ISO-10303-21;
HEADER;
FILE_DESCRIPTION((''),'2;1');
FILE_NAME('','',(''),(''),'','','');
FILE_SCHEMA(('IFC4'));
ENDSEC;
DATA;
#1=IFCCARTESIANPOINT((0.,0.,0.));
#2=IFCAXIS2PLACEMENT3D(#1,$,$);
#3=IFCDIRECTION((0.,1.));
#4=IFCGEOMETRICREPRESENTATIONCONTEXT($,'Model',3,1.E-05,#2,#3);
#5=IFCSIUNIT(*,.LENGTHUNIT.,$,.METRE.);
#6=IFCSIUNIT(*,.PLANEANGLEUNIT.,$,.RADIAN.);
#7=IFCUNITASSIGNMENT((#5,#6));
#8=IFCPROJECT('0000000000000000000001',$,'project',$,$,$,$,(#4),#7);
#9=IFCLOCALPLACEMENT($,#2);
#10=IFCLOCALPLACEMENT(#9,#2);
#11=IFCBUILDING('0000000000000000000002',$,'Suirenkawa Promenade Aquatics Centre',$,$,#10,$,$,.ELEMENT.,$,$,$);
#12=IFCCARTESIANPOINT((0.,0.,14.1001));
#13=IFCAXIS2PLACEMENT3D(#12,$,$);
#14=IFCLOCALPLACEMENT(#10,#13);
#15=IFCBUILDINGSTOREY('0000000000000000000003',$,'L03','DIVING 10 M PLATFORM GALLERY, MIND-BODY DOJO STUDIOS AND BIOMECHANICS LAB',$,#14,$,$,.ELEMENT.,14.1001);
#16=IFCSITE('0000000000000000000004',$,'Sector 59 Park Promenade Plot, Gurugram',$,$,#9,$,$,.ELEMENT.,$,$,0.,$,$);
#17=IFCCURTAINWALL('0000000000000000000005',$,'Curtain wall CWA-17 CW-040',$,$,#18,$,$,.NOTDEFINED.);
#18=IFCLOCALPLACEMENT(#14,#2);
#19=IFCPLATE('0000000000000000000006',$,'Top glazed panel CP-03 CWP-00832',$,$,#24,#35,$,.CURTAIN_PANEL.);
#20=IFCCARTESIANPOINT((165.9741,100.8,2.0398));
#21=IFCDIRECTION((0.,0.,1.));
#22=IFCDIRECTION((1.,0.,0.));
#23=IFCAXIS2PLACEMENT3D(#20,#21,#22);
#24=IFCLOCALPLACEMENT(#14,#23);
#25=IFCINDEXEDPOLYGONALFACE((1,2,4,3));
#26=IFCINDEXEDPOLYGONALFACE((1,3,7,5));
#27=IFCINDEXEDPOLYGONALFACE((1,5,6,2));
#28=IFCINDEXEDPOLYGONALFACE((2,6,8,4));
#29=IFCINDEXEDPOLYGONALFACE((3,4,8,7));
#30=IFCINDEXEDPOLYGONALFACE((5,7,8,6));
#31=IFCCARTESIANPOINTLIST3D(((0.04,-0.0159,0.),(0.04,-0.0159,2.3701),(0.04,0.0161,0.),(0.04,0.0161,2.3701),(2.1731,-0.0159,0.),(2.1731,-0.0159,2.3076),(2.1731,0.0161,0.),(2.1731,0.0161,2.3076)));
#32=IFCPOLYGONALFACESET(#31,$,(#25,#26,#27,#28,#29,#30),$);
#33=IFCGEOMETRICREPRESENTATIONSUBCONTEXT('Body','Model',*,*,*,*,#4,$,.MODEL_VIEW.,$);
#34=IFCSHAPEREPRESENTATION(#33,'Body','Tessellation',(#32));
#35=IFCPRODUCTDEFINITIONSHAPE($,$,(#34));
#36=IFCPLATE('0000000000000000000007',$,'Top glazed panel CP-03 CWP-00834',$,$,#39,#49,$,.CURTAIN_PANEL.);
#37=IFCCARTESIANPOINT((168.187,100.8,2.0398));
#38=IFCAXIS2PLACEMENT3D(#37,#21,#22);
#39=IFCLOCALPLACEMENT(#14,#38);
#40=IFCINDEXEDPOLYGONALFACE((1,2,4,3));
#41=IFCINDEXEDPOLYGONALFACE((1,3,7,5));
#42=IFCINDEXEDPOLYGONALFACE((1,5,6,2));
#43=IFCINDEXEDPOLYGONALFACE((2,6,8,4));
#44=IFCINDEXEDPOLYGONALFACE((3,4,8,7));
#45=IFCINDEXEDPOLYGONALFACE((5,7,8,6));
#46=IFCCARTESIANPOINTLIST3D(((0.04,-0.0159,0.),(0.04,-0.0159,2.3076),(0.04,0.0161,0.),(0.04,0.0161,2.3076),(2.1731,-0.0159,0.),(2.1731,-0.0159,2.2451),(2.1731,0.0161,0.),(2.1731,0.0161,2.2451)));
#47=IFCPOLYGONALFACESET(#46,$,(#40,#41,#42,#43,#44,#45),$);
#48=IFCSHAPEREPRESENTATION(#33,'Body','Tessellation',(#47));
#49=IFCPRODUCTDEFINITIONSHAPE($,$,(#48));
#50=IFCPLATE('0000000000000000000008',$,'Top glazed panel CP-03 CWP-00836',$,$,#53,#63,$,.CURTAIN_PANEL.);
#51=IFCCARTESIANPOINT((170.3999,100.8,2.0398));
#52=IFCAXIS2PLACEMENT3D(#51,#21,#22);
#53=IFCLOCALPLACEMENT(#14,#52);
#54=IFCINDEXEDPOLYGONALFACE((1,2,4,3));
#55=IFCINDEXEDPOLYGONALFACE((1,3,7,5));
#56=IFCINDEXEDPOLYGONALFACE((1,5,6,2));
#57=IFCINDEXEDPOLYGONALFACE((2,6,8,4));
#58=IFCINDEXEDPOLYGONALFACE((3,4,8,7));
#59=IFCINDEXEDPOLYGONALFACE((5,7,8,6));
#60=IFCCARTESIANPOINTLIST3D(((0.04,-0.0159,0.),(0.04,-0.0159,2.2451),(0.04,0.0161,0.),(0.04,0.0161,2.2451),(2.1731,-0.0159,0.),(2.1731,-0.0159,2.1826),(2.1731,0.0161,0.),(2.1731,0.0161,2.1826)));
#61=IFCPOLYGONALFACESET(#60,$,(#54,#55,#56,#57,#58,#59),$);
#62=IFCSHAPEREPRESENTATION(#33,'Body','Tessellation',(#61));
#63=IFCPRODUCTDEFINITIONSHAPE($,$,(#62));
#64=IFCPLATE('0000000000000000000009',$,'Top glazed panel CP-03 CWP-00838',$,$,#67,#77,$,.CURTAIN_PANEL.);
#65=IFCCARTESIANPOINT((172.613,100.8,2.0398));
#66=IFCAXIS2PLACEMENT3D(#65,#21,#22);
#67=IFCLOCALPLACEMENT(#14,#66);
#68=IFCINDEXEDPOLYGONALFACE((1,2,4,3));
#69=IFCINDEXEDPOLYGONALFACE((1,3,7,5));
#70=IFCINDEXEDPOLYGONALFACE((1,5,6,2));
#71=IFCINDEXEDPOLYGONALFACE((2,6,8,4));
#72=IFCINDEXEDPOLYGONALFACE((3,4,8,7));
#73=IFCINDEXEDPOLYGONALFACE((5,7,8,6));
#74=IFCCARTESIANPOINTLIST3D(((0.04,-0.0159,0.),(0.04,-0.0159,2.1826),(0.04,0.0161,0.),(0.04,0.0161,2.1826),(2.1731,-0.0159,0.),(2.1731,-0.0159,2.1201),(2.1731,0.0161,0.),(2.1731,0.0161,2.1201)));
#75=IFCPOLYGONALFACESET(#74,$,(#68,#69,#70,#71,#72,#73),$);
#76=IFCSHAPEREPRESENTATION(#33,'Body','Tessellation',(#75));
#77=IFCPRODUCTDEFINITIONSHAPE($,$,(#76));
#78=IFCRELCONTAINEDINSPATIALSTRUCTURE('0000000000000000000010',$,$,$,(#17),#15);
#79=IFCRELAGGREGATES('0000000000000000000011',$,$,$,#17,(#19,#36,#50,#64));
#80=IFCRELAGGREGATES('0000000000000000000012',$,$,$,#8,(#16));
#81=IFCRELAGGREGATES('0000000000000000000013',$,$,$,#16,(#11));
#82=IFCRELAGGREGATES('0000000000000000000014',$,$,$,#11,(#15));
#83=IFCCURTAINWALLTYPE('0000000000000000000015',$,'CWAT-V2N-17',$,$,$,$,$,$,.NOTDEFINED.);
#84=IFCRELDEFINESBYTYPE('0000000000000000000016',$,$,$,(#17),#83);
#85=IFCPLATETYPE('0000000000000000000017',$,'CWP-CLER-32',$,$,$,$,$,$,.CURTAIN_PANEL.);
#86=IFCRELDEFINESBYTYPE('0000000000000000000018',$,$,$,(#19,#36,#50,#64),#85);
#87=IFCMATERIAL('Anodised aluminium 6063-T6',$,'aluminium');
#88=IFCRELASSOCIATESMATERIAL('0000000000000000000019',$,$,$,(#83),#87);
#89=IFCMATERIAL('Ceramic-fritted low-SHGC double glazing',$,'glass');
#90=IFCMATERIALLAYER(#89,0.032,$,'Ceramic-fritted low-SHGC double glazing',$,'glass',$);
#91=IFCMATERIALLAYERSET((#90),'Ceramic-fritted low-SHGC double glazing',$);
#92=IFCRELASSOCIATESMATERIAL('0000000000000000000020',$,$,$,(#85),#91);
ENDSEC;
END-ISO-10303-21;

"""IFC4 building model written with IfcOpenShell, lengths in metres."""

from ifc_helpers import new_model, si_unit, direction, frame, origin, place, context, subcontext, project, spatial, polyline, outline, extrude, material, layer, layer_set, type_object, element, aggregate, save


model = new_model("IFC4")

# Units and contexts
model_context = context("Model", 3, precision=1e-05, world=origin(), true_north=direction((0.0, 1.0)))
body_context = subcontext(model_context, "Body", "Model", "MODEL_VIEW")
ifc_project = project(units=[si_unit("LENGTHUNIT", "METRE"), si_unit("PLANEANGLEUNIT", "RADIAN")], contexts=[model_context])

# Site, building, storey
site_placement = place(None, origin())
site = spatial("IfcSite", under=ifc_project, at=site_placement, Name="Sector 59 Park Promenade Plot, Gurugram", CompositionType="ELEMENT", RefElevation=0.0)
building_placement = place(site_placement, origin())
building = spatial("IfcBuilding", under=site, at=building_placement, Name="Suirenkawa Promenade Aquatics Centre", CompositionType="ELEMENT")
storey_placement = place(building_placement, frame((0.0, 0.0, 14.1001)))
storey = spatial("IfcBuildingStorey", under=building, at=storey_placement, Name="L03", Description="DIVING 10 M PLATFORM GALLERY, MIND-BODY DOJO STUDIOS AND BIOMECHANICS LAB", CompositionType="ELEMENT", Elevation=14.1001)

# Curtain wall, plates
ifc_material_1 = material(Name="Anodised aluminium 6063-T6", Category="aluminium")
curtain_wall_type = type_object("IfcCurtainWallType", Name="CWAT-V2N-17", PredefinedType="NOTDEFINED", material=ifc_material_1)
curtain_wall_placement = place(storey_placement, origin())
curtain_wall = element("IfcCurtainWall", 1, at=curtain_wall_placement, inside=storey, type_object=curtain_wall_type, Name="Curtain wall CWA-17 CW-040", PredefinedType="NOTDEFINED")
ifc_material_2 = material(Name="Ceramic-fritted low-SHGC double glazing", Category="glass")
ifc_layer = layer(ifc_material_2, 0.032, Name="Ceramic-fritted low-SHGC double glazing", Category="glass")
ifc_layer_set = layer_set([ifc_layer], Name="Ceramic-fritted low-SHGC double glazing")
plate_type = type_object("IfcPlateType", Name="CWP-CLER-32", PredefinedType="CURTAIN_PANEL", material=ifc_layer_set)
plate_1_placement = place(storey_placement, frame((165.9741, 100.8, 2.0398), z_axis=(0.0, 0.0, 1.0), x_axis=(1.0, 0.0, 0.0)))
plate_1 = element("IfcPlate", 2, at=plate_1_placement, type_object=plate_type, Name="Top glazed panel CP-03 CWP-00832", PredefinedType="CURTAIN_PANEL", context=body_context, shape_type="SweptSolid", body=[
    extrude(outline(polyline([(0.04, 0.0), (2.1731, 0.0), (2.1731, 2.3076), (0.04, 2.3701), (0.04, 0.0)])), frame((0.0, 0.0161, 0.0), z_axis=(0.0, -1.0, 0.0), x_axis=(1.0, 0.0, 0.0)), (0.0, 0.0, 1.0), 0.032),
])
plate_2_placement = place(storey_placement, frame((168.187, 100.8, 2.0398), z_axis=(0.0, 0.0, 1.0), x_axis=(1.0, 0.0, 0.0)))
plate_2 = element("IfcPlate", 3, at=plate_2_placement, type_object=plate_type, Name="Top glazed panel CP-03 CWP-00834", PredefinedType="CURTAIN_PANEL", context=body_context, shape_type="SweptSolid", body=[
    extrude(outline(polyline([(0.04, 0.0), (2.1731, 0.0), (2.1731, 2.2451), (0.04, 2.3076), (0.04, 0.0)])), frame((0.0, 0.0161, 0.0), z_axis=(0.0, -1.0, 0.0), x_axis=(1.0, 0.0, 0.0)), (0.0, 0.0, 1.0), 0.032),
])
plate_3_placement = place(storey_placement, frame((170.3999, 100.8, 2.0398), z_axis=(0.0, 0.0, 1.0), x_axis=(1.0, 0.0, 0.0)))
plate_3 = element("IfcPlate", 4, at=plate_3_placement, type_object=plate_type, Name="Top glazed panel CP-03 CWP-00836", PredefinedType="CURTAIN_PANEL", context=body_context, shape_type="SweptSolid", body=[
    extrude(outline(polyline([(0.04, 0.0), (2.1731, 0.0), (2.1731, 2.1826), (0.04, 2.2451), (0.04, 0.0)])), frame((0.0, 0.0161, 0.0), z_axis=(0.0, -1.0, 0.0), x_axis=(1.0, 0.0, 0.0)), (0.0, 0.0, 1.0), 0.032),
])
plate_4_placement = place(storey_placement, frame((172.613, 100.8, 2.0398), z_axis=(0.0, 0.0, 1.0), x_axis=(1.0, 0.0, 0.0)))
plate_4 = element("IfcPlate", 5, at=plate_4_placement, type_object=plate_type, Name="Top glazed panel CP-03 CWP-00838", PredefinedType="CURTAIN_PANEL", context=body_context, shape_type="SweptSolid", body=[
    extrude(outline(polyline([(0.04, 0.0), (2.1731, 0.0), (2.1731, 2.1201), (0.04, 2.1826), (0.04, 0.0)])), frame((0.0, 0.0161, 0.0), z_axis=(0.0, -1.0, 0.0), x_axis=(1.0, 0.0, 0.0)), (0.0, 0.0, 1.0), 0.032),
])
aggregate(curtain_wall, [plate_1, plate_2, plate_3, plate_4])

save(model, "model.ifc")
